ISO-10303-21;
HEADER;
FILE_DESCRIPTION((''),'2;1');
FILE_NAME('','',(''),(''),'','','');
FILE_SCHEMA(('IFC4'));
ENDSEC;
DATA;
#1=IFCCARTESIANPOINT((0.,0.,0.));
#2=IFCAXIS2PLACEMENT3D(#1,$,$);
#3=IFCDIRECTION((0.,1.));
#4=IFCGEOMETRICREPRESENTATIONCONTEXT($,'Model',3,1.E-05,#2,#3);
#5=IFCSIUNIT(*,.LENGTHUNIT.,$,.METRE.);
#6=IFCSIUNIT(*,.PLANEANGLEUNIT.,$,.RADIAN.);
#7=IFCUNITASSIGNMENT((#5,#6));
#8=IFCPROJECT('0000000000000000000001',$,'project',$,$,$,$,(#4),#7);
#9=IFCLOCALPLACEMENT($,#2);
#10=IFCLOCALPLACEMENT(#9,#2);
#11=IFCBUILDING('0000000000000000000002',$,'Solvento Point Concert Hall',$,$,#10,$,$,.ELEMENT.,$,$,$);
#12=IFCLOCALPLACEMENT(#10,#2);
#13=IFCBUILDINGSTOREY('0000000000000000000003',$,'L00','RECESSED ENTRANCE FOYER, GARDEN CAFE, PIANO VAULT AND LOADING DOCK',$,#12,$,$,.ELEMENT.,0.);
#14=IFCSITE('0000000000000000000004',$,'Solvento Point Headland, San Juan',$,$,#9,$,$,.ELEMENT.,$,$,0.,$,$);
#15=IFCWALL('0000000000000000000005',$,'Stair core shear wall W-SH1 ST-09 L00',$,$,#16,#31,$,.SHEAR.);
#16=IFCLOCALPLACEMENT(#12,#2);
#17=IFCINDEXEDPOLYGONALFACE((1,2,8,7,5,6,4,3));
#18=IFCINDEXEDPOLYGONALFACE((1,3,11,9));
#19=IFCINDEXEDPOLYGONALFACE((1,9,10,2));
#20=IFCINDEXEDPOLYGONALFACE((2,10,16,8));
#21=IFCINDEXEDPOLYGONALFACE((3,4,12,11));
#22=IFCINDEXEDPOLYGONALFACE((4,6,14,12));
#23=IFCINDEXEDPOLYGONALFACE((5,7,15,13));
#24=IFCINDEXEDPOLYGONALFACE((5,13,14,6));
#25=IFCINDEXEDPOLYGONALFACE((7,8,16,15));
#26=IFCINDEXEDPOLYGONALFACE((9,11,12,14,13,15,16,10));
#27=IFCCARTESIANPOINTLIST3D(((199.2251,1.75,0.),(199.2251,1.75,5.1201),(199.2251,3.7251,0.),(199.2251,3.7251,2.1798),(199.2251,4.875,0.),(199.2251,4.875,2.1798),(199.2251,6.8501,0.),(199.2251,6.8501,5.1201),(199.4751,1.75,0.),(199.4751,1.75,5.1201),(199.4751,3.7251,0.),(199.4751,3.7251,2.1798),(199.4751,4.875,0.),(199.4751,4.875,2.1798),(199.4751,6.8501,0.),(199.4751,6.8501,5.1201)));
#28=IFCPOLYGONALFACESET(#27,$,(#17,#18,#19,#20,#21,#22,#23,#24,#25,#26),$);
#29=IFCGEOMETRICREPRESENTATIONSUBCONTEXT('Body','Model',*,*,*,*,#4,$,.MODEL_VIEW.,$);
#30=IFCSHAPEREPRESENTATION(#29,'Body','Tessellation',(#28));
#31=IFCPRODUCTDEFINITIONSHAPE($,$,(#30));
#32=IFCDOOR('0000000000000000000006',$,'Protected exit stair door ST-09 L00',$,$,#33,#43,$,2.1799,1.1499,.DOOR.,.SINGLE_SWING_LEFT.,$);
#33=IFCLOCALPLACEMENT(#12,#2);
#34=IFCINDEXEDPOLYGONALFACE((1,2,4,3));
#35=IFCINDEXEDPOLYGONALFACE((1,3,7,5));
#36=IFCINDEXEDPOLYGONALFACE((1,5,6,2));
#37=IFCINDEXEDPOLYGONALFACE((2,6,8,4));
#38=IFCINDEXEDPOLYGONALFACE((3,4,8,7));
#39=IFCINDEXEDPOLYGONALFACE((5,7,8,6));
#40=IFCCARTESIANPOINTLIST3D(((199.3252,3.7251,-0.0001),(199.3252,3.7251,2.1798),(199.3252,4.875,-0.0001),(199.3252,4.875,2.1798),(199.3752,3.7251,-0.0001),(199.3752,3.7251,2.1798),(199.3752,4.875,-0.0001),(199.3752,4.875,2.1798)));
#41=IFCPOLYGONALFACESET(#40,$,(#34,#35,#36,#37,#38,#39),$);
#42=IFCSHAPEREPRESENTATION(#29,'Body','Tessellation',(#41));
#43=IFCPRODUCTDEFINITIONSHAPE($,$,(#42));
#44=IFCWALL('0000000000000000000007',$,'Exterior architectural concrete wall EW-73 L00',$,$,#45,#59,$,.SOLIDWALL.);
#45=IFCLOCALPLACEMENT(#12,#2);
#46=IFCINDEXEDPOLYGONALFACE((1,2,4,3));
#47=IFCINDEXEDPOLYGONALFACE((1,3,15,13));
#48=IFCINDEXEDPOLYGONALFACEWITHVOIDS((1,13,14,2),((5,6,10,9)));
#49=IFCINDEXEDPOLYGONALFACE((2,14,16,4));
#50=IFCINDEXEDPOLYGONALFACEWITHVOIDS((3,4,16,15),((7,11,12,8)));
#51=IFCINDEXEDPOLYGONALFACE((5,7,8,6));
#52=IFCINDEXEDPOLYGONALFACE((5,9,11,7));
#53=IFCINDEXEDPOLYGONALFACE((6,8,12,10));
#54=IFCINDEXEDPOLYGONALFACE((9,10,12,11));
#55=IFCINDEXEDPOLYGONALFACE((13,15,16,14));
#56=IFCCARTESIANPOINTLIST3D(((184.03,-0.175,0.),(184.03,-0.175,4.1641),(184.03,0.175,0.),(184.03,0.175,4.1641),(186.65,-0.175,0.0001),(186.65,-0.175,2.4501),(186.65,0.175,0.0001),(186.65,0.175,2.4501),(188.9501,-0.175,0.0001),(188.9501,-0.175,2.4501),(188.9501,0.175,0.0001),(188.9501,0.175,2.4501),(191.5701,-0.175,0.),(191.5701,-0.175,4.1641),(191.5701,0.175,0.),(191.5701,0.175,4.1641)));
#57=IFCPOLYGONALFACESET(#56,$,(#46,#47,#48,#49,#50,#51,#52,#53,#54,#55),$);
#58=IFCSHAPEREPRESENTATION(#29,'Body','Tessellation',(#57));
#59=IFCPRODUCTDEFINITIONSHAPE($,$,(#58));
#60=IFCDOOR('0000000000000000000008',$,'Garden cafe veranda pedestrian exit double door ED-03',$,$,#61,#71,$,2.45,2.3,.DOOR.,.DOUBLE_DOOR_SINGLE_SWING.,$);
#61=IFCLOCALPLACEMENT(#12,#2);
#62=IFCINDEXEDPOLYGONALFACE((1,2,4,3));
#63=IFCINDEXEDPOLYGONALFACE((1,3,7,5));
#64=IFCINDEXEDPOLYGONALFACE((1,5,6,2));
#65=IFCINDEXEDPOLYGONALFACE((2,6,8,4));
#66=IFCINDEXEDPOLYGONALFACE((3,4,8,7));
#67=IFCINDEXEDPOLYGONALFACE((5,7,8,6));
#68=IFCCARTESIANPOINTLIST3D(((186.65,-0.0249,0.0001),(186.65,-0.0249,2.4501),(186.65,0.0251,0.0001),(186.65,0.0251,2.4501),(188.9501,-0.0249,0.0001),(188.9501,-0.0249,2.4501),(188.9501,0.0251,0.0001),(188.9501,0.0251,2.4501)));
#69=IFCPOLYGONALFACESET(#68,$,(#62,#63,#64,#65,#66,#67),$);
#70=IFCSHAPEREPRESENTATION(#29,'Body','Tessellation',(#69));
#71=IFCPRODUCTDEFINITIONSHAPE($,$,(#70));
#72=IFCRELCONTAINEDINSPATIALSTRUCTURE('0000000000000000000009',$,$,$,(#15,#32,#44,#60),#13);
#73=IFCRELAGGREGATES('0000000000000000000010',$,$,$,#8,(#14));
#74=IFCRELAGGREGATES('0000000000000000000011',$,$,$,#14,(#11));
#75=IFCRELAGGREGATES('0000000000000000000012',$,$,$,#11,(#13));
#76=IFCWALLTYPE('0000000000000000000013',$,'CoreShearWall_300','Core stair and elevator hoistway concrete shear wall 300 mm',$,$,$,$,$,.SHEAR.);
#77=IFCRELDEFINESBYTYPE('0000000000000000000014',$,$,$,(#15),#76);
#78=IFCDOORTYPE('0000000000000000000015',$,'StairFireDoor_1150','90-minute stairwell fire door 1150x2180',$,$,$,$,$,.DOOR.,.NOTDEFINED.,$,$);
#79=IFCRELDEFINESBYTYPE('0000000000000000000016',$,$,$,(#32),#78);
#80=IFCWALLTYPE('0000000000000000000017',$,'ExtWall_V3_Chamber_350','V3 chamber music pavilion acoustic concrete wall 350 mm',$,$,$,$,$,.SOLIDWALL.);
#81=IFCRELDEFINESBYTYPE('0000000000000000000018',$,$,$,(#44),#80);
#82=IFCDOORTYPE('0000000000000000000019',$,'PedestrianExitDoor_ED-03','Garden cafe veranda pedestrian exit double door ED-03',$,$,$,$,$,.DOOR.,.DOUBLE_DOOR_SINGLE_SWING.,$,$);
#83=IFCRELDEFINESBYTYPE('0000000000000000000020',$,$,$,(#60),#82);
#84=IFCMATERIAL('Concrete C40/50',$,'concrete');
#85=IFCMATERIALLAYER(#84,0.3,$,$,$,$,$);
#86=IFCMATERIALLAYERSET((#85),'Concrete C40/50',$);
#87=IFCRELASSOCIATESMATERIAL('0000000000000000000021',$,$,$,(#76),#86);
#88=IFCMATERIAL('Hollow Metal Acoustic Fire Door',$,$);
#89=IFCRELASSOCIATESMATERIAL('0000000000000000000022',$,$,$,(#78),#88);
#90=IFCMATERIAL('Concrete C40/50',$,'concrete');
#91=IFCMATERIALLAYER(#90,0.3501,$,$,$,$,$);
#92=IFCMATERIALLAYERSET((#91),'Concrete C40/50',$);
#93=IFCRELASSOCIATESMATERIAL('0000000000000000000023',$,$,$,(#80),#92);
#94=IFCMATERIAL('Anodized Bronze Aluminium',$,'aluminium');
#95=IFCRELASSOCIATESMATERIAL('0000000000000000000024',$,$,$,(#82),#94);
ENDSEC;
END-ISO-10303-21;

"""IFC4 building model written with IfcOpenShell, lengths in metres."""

from ifc_helpers import new_model, si_unit, direction, frame, frame_2d, origin, place, context, subcontext, project, spatial, rectangle, extrude, material, layer, layer_set, type_object, element, fill, save


model = new_model("IFC4")

# Units and contexts
model_context = context("Model", 3, precision=1e-05, world=origin(), true_north=direction((0.0, 1.0)))
body_context = subcontext(model_context, "Body", "Model", "MODEL_VIEW")
ifc_project = project(units=[si_unit("LENGTHUNIT", "METRE"), si_unit("PLANEANGLEUNIT", "RADIAN")], contexts=[model_context])

# Site, building, storey
site_placement = place(None, origin())
site = spatial("IfcSite", under=ifc_project, at=site_placement, Name="Solvento Point Headland, San Juan", CompositionType="ELEMENT", RefElevation=0.0)
building_placement = place(site_placement, origin())
building = spatial("IfcBuilding", under=site, at=building_placement, Name="Solvento Point Concert Hall", CompositionType="ELEMENT")
storey_placement = place(building_placement, origin())
storey = spatial("IfcBuildingStorey", under=building, at=storey_placement, Name="L00", Description="RECESSED ENTRANCE FOYER, GARDEN CAFE, PIANO VAULT AND LOADING DOCK", CompositionType="ELEMENT", Elevation=0.0)

# Shared definitions
ifc_material_1 = material(Name="Concrete C40/50", Category="concrete")
ifc_layer_1 = layer(ifc_material_1, 0.3)
ifc_layer_set_1 = layer_set([ifc_layer_1], Name="Concrete C40/50")
wall_type_1 = type_object("IfcWallType", Name="CoreShearWall_300", Description="Core stair and elevator hoistway concrete shear wall 300 mm", PredefinedType="SHEAR", material=ifc_layer_set_1)

# Walls, openings, doors
wall_1_placement = place(storey_placement, frame((199.3501, 1.75, 0.0), z_axis=(0.0, 0.0, 1.0), x_axis=(0.0, 1.0, 0.0)))
wall_1 = element("IfcWall", 1, at=wall_1_placement, inside=storey, type_object=wall_type_1, Name="Stair core shear wall W-SH1 ST-09 L00", PredefinedType="SHEAR", context=body_context, shape_type="SweptSolid", body=[
    extrude(rectangle(XDim=5.1001, YDim=0.25, at=frame_2d((2.55, 0.0))), origin(), (0.0, 0.0, 1.0), 5.1201),
])
opening_1_placement = place(wall_1_placement, frame((1.9751, 0.0, 0.0)))
opening_1 = element("IfcOpeningElement", 2, at=opening_1_placement, cuts=wall_1, PredefinedType="OPENING", context=body_context, shape_type="SweptSolid", body=[
    extrude(rectangle(XDim=1.1499, YDim=2.1799, at=frame_2d((0.575, 1.0898))), frame((0.0, 0.135, 0.0), z_axis=(0.0, -1.0, 0.0), x_axis=(1.0, 0.0, 0.0)), (0.0, 0.0, 1.0), 0.27),
])
ifc_material_2 = material(Name="Hollow Metal Acoustic Fire Door")
door_type_1 = type_object("IfcDoorType", Name="StairFireDoor_1150", Description="90-minute stairwell fire door 1150x2180", OperationType="NOTDEFINED", PredefinedType="DOOR", material=ifc_material_2)
door_1_placement = place(opening_1_placement, origin())
door_1 = element("IfcDoor", 3, at=door_1_placement, inside=storey, type_object=door_type_1, Name="Protected exit stair door ST-09 L00", OperationType="SINGLE_SWING_LEFT", OverallHeight=2.1799, OverallWidth=1.1499, PredefinedType="DOOR", context=body_context, shape_type="SweptSolid", body=[
    extrude(rectangle(XDim=1.1499, YDim=2.1799, at=frame_2d((0.575, 1.0898))), frame((0.0, 0.0249, 0.0), z_axis=(0.0, -1.0, 0.0), x_axis=(1.0, 0.0, 0.0)), (0.0, 0.0, 1.0), 0.05),
])
fill(opening_1, door_1)
ifc_material_3 = material(Name="Concrete C40/50", Category="concrete")
ifc_layer_2 = layer(ifc_material_3, 0.3501)
ifc_layer_set_2 = layer_set([ifc_layer_2], Name="Concrete C40/50")
wall_type_2 = type_object("IfcWallType", Name="ExtWall_V3_Chamber_350", Description="V3 chamber music pavilion acoustic concrete wall 350 mm", PredefinedType="SOLIDWALL", material=ifc_layer_set_2)
wall_2_placement = place(storey_placement, frame((191.5701, 0.0, 0.0), z_axis=(0.0, 0.0, 1.0), x_axis=(-1.0, 0.0, 0.0)))
wall_2 = element("IfcWall", 4, at=wall_2_placement, inside=storey, type_object=wall_type_2, Name="Exterior architectural concrete wall EW-73 L00", PredefinedType="SOLIDWALL", context=body_context, shape_type="SweptSolid", body=[
    extrude(rectangle(XDim=7.54, YDim=0.3501, at=frame_2d((3.77, 0.0))), origin(), (0.0, 0.0, 1.0), 4.1641),
])
opening_2_placement = place(wall_2_placement, frame((2.6201, 0.0, 0.0)))
opening_2 = element("IfcOpeningElement", 5, at=opening_2_placement, cuts=wall_2, PredefinedType="OPENING", context=body_context, shape_type="SweptSolid", body=[
    extrude(rectangle(XDim=2.3, YDim=2.45, at=frame_2d((1.1499, 1.2251))), frame((0.0, 0.1851, 0.0), z_axis=(0.0, -1.0, 0.0), x_axis=(1.0, 0.0, 0.0)), (0.0, 0.0, 1.0), 0.3701),
])
ifc_material_4 = material(Name="Anodized Bronze Aluminium", Category="aluminium")
door_type_2 = type_object("IfcDoorType", Name="PedestrianExitDoor_ED-03", Description="Garden cafe veranda pedestrian exit double door ED-03", OperationType="DOUBLE_DOOR_SINGLE_SWING", PredefinedType="DOOR", material=ifc_material_4)
door_2_placement = place(opening_2_placement, origin())
door_2 = element("IfcDoor", 6, at=door_2_placement, inside=storey, type_object=door_type_2, Name="Garden cafe veranda pedestrian exit double door ED-03", OperationType="DOUBLE_DOOR_SINGLE_SWING", OverallHeight=2.45, OverallWidth=2.3, PredefinedType="DOOR", context=body_context, shape_type="SweptSolid", body=[
    extrude(rectangle(XDim=2.3, YDim=2.45, at=frame_2d((1.1499, 1.2251))), frame((0.0, 0.0249, 0.0), z_axis=(0.0, -1.0, 0.0), x_axis=(1.0, 0.0, 0.0)), (0.0, 0.0, 1.0), 0.05),
])
fill(opening_2, door_2)

save(model, "model.ifc")
